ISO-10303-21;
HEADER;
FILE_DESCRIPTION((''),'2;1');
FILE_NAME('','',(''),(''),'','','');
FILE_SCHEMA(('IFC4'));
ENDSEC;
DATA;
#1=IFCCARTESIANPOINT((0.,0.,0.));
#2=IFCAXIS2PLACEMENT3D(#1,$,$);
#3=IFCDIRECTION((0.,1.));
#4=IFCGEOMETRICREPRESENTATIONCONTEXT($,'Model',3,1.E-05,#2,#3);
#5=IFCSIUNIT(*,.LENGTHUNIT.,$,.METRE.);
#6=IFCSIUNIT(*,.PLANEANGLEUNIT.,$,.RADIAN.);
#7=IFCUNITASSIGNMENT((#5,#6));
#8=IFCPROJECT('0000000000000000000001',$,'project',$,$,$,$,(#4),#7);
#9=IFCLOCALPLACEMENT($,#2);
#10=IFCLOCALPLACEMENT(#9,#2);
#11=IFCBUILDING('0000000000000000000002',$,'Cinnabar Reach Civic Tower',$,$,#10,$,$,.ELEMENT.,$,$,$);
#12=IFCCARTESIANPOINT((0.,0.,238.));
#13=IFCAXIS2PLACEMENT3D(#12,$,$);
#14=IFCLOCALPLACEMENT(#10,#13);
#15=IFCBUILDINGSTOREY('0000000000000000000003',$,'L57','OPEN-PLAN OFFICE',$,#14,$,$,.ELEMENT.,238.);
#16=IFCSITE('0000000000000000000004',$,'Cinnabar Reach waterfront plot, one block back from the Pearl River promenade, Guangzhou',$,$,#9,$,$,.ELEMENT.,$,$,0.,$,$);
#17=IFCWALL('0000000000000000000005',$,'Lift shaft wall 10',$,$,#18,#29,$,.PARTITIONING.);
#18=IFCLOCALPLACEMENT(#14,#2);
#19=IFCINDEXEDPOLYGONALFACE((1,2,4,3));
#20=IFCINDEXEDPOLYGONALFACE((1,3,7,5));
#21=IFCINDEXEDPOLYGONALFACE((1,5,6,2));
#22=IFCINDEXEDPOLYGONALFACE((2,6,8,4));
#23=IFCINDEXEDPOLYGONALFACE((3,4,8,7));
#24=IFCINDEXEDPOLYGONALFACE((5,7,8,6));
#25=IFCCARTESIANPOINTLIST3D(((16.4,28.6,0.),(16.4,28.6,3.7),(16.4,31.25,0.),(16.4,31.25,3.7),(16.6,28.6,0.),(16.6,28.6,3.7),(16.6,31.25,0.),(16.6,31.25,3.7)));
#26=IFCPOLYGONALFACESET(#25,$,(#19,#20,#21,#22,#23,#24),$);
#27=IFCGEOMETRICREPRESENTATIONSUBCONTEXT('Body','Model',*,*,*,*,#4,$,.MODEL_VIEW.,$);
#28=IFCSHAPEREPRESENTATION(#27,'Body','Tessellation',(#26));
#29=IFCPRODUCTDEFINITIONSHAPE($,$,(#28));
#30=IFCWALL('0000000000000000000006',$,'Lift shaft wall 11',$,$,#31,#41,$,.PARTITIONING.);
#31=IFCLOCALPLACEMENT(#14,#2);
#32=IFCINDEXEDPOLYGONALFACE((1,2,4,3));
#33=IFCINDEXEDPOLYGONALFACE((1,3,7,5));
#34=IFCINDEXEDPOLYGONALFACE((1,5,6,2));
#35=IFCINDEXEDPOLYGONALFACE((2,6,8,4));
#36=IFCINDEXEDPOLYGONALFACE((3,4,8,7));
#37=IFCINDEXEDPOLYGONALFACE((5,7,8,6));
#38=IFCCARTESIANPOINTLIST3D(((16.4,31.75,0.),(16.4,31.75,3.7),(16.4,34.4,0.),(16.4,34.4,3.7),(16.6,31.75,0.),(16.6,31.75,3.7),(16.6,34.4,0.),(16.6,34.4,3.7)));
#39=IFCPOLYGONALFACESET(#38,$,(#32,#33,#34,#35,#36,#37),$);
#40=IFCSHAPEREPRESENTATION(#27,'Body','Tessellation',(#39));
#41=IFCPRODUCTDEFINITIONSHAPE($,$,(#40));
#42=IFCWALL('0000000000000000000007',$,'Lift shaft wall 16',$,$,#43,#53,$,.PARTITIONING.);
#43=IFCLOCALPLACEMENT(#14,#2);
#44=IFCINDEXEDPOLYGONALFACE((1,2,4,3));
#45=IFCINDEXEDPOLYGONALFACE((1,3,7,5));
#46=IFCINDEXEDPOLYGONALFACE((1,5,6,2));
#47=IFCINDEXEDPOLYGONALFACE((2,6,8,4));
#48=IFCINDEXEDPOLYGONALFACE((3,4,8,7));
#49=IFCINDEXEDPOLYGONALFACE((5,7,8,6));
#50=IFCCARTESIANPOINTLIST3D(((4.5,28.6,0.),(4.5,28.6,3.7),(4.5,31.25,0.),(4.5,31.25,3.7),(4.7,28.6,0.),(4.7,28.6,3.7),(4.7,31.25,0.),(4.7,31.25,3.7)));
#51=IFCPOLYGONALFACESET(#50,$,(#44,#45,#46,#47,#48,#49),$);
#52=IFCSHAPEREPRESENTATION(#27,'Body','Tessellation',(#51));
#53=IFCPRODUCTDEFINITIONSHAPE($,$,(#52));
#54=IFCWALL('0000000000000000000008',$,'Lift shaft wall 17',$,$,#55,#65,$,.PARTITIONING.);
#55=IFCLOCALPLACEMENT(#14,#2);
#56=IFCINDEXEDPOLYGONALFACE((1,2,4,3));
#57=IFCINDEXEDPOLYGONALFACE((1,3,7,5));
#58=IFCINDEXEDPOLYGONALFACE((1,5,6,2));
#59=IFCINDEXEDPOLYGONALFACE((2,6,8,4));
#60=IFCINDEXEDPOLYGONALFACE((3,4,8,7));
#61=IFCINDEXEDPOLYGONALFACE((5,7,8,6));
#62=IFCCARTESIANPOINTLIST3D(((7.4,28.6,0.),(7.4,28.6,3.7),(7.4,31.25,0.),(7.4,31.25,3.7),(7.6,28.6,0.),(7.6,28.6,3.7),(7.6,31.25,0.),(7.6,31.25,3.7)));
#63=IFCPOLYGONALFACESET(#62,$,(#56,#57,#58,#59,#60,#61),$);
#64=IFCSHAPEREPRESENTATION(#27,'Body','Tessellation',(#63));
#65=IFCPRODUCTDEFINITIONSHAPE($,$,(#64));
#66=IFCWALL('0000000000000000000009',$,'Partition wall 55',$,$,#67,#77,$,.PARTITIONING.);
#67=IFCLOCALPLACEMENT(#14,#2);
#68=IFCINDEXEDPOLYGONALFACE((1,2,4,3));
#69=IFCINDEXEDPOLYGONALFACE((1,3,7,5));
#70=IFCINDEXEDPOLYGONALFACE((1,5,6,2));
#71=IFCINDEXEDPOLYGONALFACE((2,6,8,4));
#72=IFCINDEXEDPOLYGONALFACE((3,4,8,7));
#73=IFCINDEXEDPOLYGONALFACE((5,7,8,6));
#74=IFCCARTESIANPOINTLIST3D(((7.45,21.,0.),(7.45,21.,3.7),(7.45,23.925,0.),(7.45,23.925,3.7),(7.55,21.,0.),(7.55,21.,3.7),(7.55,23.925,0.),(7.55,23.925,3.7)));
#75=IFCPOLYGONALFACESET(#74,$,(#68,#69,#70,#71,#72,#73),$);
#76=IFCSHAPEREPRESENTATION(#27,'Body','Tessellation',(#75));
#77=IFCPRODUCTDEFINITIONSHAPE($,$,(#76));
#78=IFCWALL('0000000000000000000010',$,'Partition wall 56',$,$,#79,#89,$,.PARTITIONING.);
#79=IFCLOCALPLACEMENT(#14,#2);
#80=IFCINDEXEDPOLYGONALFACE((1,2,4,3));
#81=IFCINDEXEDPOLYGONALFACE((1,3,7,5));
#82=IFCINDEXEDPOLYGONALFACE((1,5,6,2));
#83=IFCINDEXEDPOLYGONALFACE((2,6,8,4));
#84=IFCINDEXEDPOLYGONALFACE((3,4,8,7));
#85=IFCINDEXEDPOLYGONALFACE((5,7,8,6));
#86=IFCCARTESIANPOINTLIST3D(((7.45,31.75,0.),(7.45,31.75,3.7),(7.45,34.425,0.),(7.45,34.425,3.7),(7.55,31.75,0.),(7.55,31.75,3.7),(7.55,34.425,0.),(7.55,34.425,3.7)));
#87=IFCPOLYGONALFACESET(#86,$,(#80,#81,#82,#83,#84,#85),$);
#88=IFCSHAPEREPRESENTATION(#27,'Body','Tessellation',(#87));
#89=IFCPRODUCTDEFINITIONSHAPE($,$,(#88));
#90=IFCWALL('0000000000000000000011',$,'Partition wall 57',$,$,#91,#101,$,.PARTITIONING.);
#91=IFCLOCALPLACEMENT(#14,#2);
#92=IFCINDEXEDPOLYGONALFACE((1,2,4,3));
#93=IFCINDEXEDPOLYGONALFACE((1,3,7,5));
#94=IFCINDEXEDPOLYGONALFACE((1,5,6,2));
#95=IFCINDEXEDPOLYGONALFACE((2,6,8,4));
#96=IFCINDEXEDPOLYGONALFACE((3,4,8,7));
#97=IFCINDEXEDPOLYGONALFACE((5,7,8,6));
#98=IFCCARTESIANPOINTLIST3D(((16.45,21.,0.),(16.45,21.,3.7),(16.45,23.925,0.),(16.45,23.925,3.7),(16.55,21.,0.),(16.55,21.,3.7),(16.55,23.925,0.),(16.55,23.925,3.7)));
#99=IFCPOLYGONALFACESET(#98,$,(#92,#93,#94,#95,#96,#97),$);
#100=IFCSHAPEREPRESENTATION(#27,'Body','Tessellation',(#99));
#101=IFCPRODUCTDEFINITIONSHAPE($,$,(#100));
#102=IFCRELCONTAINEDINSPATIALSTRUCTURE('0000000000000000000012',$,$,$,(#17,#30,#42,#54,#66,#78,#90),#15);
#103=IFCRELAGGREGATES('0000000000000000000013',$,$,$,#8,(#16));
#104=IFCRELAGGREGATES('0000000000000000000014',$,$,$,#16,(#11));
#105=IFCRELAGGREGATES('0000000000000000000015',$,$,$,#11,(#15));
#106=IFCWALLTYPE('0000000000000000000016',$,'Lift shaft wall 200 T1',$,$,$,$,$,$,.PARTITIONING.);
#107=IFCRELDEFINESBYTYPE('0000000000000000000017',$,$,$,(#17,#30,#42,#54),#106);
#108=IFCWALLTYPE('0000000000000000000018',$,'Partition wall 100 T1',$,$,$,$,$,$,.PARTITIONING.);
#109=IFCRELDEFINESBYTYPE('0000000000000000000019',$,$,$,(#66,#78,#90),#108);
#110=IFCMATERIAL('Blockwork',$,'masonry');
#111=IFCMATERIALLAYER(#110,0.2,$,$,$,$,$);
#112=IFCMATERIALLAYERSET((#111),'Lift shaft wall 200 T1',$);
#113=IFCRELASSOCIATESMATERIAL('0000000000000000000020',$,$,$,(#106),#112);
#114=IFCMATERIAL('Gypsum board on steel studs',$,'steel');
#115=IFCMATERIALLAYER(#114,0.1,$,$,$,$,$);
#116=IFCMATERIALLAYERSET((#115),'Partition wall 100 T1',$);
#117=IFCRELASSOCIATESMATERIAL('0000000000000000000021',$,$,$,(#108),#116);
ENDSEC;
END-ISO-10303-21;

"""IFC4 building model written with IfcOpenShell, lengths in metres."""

from ifc_helpers import new_model, si_unit, direction, frame, frame_2d, origin, place, context, subcontext, project, spatial, rectangle, extrude, material, layer, layer_set, type_object, element, save


model = new_model("IFC4")

# Units and contexts
model_context = context("Model", 3, precision=1e-05, world=origin(), true_north=direction((0.0, 1.0)))
body_context = subcontext(model_context, "Body", "Model", "MODEL_VIEW")
ifc_project = project(units=[si_unit("LENGTHUNIT", "METRE"), si_unit("PLANEANGLEUNIT", "RADIAN")], contexts=[model_context])

# Site, building, storey
site_placement = place(None, origin())
site = spatial("IfcSite", under=ifc_project, at=site_placement, Name="Cinnabar Reach waterfront plot, one block back from the Pearl River promenade, Guangzhou", CompositionType="ELEMENT", RefElevation=0.0)
building_placement = place(site_placement, origin())
building = spatial("IfcBuilding", under=site, at=building_placement, Name="Cinnabar Reach Civic Tower", CompositionType="ELEMENT")
storey_placement = place(building_placement, frame((0.0, 0.0, 238.0)))
storey = spatial("IfcBuildingStorey", under=building, at=storey_placement, Name="L57", Description="OPEN-PLAN OFFICE", CompositionType="ELEMENT", Elevation=238.0)

# Walls
ifc_material_1 = material(Name="Blockwork", Category="masonry")
ifc_layer_1 = layer(ifc_material_1, 0.2)
ifc_layer_set_1 = layer_set([ifc_layer_1], Name="Lift shaft wall 200 T1")
wall_type_1 = type_object("IfcWallType", Name="Lift shaft wall 200 T1", PredefinedType="PARTITIONING", material=ifc_layer_set_1)
for number, where, z_axis, x_axis, name in (
    (1, (16.5, 28.6, 0.0), (0.0, 0.0, 1.0), (0.0, 1.0, 0.0), "Lift shaft wall 10"),
    (2, (16.5, 31.75, 0.0), (0.0, 0.0, 1.0), (0.0, 1.0, 0.0), "Lift shaft wall 11"),
    (3, (4.6, 28.6, 0.0), (0.0, 0.0, 1.0), (0.0, 1.0, 0.0), "Lift shaft wall 16"),
    (4, (7.5, 28.6, 0.0), (0.0, 0.0, 1.0), (0.0, 1.0, 0.0), "Lift shaft wall 17"),
):
    element("IfcWall", number, at=place(storey_placement, frame(where, z_axis=z_axis, x_axis=x_axis)), inside=storey, type_object=wall_type_1, Name=name, PredefinedType="PARTITIONING", context=body_context, shape_type="SweptSolid", body=[
        extrude(rectangle(XDim=2.65, YDim=0.2, at=frame_2d((1.325, 0.0))), origin(), (0.0, 0.0, 1.0), 3.7),
    ])
ifc_material_2 = material(Name="Gypsum board on steel studs", Category="steel")
ifc_layer_2 = layer(ifc_material_2, 0.1)
ifc_layer_set_2 = layer_set([ifc_layer_2], Name="Partition wall 100 T1")
wall_type_2 = type_object("IfcWallType", Name="Partition wall 100 T1", PredefinedType="PARTITIONING", material=ifc_layer_set_2)
wall_1_placement = place(storey_placement, frame((7.5, 21.0, 0.0), z_axis=(0.0, 0.0, 1.0), x_axis=(0.0, 1.0, 0.0)))
element("IfcWall", 5, at=wall_1_placement, inside=storey, type_object=wall_type_2, Name="Partition wall 55", PredefinedType="PARTITIONING", context=body_context, shape_type="SweptSolid", body=[
    extrude(rectangle(XDim=2.925, YDim=0.1, at=frame_2d((1.4625, 0.0))), origin(), (0.0, 0.0, 1.0), 3.7),
])
wall_2_placement = place(storey_placement, frame((7.5, 31.75, 0.0), z_axis=(0.0, 0.0, 1.0), x_axis=(0.0, 1.0, 0.0)))
element("IfcWall", 6, at=wall_2_placement, inside=storey, type_object=wall_type_2, Name="Partition wall 56", PredefinedType="PARTITIONING", context=body_context, shape_type="SweptSolid", body=[
    extrude(rectangle(XDim=2.675, YDim=0.1, at=frame_2d((1.3375, 0.0))), origin(), (0.0, 0.0, 1.0), 3.7),
])
wall_3_placement = place(storey_placement, frame((16.5, 21.0, 0.0), z_axis=(0.0, 0.0, 1.0), x_axis=(0.0, 1.0, 0.0)))
element("IfcWall", 7, at=wall_3_placement, inside=storey, type_object=wall_type_2, Name="Partition wall 57", PredefinedType="PARTITIONING", context=body_context, shape_type="SweptSolid", body=[
    extrude(rectangle(XDim=2.925, YDim=0.1, at=frame_2d((1.4625, 0.0))), origin(), (0.0, 0.0, 1.0), 3.7),
])

save(model, "model.ifc")
